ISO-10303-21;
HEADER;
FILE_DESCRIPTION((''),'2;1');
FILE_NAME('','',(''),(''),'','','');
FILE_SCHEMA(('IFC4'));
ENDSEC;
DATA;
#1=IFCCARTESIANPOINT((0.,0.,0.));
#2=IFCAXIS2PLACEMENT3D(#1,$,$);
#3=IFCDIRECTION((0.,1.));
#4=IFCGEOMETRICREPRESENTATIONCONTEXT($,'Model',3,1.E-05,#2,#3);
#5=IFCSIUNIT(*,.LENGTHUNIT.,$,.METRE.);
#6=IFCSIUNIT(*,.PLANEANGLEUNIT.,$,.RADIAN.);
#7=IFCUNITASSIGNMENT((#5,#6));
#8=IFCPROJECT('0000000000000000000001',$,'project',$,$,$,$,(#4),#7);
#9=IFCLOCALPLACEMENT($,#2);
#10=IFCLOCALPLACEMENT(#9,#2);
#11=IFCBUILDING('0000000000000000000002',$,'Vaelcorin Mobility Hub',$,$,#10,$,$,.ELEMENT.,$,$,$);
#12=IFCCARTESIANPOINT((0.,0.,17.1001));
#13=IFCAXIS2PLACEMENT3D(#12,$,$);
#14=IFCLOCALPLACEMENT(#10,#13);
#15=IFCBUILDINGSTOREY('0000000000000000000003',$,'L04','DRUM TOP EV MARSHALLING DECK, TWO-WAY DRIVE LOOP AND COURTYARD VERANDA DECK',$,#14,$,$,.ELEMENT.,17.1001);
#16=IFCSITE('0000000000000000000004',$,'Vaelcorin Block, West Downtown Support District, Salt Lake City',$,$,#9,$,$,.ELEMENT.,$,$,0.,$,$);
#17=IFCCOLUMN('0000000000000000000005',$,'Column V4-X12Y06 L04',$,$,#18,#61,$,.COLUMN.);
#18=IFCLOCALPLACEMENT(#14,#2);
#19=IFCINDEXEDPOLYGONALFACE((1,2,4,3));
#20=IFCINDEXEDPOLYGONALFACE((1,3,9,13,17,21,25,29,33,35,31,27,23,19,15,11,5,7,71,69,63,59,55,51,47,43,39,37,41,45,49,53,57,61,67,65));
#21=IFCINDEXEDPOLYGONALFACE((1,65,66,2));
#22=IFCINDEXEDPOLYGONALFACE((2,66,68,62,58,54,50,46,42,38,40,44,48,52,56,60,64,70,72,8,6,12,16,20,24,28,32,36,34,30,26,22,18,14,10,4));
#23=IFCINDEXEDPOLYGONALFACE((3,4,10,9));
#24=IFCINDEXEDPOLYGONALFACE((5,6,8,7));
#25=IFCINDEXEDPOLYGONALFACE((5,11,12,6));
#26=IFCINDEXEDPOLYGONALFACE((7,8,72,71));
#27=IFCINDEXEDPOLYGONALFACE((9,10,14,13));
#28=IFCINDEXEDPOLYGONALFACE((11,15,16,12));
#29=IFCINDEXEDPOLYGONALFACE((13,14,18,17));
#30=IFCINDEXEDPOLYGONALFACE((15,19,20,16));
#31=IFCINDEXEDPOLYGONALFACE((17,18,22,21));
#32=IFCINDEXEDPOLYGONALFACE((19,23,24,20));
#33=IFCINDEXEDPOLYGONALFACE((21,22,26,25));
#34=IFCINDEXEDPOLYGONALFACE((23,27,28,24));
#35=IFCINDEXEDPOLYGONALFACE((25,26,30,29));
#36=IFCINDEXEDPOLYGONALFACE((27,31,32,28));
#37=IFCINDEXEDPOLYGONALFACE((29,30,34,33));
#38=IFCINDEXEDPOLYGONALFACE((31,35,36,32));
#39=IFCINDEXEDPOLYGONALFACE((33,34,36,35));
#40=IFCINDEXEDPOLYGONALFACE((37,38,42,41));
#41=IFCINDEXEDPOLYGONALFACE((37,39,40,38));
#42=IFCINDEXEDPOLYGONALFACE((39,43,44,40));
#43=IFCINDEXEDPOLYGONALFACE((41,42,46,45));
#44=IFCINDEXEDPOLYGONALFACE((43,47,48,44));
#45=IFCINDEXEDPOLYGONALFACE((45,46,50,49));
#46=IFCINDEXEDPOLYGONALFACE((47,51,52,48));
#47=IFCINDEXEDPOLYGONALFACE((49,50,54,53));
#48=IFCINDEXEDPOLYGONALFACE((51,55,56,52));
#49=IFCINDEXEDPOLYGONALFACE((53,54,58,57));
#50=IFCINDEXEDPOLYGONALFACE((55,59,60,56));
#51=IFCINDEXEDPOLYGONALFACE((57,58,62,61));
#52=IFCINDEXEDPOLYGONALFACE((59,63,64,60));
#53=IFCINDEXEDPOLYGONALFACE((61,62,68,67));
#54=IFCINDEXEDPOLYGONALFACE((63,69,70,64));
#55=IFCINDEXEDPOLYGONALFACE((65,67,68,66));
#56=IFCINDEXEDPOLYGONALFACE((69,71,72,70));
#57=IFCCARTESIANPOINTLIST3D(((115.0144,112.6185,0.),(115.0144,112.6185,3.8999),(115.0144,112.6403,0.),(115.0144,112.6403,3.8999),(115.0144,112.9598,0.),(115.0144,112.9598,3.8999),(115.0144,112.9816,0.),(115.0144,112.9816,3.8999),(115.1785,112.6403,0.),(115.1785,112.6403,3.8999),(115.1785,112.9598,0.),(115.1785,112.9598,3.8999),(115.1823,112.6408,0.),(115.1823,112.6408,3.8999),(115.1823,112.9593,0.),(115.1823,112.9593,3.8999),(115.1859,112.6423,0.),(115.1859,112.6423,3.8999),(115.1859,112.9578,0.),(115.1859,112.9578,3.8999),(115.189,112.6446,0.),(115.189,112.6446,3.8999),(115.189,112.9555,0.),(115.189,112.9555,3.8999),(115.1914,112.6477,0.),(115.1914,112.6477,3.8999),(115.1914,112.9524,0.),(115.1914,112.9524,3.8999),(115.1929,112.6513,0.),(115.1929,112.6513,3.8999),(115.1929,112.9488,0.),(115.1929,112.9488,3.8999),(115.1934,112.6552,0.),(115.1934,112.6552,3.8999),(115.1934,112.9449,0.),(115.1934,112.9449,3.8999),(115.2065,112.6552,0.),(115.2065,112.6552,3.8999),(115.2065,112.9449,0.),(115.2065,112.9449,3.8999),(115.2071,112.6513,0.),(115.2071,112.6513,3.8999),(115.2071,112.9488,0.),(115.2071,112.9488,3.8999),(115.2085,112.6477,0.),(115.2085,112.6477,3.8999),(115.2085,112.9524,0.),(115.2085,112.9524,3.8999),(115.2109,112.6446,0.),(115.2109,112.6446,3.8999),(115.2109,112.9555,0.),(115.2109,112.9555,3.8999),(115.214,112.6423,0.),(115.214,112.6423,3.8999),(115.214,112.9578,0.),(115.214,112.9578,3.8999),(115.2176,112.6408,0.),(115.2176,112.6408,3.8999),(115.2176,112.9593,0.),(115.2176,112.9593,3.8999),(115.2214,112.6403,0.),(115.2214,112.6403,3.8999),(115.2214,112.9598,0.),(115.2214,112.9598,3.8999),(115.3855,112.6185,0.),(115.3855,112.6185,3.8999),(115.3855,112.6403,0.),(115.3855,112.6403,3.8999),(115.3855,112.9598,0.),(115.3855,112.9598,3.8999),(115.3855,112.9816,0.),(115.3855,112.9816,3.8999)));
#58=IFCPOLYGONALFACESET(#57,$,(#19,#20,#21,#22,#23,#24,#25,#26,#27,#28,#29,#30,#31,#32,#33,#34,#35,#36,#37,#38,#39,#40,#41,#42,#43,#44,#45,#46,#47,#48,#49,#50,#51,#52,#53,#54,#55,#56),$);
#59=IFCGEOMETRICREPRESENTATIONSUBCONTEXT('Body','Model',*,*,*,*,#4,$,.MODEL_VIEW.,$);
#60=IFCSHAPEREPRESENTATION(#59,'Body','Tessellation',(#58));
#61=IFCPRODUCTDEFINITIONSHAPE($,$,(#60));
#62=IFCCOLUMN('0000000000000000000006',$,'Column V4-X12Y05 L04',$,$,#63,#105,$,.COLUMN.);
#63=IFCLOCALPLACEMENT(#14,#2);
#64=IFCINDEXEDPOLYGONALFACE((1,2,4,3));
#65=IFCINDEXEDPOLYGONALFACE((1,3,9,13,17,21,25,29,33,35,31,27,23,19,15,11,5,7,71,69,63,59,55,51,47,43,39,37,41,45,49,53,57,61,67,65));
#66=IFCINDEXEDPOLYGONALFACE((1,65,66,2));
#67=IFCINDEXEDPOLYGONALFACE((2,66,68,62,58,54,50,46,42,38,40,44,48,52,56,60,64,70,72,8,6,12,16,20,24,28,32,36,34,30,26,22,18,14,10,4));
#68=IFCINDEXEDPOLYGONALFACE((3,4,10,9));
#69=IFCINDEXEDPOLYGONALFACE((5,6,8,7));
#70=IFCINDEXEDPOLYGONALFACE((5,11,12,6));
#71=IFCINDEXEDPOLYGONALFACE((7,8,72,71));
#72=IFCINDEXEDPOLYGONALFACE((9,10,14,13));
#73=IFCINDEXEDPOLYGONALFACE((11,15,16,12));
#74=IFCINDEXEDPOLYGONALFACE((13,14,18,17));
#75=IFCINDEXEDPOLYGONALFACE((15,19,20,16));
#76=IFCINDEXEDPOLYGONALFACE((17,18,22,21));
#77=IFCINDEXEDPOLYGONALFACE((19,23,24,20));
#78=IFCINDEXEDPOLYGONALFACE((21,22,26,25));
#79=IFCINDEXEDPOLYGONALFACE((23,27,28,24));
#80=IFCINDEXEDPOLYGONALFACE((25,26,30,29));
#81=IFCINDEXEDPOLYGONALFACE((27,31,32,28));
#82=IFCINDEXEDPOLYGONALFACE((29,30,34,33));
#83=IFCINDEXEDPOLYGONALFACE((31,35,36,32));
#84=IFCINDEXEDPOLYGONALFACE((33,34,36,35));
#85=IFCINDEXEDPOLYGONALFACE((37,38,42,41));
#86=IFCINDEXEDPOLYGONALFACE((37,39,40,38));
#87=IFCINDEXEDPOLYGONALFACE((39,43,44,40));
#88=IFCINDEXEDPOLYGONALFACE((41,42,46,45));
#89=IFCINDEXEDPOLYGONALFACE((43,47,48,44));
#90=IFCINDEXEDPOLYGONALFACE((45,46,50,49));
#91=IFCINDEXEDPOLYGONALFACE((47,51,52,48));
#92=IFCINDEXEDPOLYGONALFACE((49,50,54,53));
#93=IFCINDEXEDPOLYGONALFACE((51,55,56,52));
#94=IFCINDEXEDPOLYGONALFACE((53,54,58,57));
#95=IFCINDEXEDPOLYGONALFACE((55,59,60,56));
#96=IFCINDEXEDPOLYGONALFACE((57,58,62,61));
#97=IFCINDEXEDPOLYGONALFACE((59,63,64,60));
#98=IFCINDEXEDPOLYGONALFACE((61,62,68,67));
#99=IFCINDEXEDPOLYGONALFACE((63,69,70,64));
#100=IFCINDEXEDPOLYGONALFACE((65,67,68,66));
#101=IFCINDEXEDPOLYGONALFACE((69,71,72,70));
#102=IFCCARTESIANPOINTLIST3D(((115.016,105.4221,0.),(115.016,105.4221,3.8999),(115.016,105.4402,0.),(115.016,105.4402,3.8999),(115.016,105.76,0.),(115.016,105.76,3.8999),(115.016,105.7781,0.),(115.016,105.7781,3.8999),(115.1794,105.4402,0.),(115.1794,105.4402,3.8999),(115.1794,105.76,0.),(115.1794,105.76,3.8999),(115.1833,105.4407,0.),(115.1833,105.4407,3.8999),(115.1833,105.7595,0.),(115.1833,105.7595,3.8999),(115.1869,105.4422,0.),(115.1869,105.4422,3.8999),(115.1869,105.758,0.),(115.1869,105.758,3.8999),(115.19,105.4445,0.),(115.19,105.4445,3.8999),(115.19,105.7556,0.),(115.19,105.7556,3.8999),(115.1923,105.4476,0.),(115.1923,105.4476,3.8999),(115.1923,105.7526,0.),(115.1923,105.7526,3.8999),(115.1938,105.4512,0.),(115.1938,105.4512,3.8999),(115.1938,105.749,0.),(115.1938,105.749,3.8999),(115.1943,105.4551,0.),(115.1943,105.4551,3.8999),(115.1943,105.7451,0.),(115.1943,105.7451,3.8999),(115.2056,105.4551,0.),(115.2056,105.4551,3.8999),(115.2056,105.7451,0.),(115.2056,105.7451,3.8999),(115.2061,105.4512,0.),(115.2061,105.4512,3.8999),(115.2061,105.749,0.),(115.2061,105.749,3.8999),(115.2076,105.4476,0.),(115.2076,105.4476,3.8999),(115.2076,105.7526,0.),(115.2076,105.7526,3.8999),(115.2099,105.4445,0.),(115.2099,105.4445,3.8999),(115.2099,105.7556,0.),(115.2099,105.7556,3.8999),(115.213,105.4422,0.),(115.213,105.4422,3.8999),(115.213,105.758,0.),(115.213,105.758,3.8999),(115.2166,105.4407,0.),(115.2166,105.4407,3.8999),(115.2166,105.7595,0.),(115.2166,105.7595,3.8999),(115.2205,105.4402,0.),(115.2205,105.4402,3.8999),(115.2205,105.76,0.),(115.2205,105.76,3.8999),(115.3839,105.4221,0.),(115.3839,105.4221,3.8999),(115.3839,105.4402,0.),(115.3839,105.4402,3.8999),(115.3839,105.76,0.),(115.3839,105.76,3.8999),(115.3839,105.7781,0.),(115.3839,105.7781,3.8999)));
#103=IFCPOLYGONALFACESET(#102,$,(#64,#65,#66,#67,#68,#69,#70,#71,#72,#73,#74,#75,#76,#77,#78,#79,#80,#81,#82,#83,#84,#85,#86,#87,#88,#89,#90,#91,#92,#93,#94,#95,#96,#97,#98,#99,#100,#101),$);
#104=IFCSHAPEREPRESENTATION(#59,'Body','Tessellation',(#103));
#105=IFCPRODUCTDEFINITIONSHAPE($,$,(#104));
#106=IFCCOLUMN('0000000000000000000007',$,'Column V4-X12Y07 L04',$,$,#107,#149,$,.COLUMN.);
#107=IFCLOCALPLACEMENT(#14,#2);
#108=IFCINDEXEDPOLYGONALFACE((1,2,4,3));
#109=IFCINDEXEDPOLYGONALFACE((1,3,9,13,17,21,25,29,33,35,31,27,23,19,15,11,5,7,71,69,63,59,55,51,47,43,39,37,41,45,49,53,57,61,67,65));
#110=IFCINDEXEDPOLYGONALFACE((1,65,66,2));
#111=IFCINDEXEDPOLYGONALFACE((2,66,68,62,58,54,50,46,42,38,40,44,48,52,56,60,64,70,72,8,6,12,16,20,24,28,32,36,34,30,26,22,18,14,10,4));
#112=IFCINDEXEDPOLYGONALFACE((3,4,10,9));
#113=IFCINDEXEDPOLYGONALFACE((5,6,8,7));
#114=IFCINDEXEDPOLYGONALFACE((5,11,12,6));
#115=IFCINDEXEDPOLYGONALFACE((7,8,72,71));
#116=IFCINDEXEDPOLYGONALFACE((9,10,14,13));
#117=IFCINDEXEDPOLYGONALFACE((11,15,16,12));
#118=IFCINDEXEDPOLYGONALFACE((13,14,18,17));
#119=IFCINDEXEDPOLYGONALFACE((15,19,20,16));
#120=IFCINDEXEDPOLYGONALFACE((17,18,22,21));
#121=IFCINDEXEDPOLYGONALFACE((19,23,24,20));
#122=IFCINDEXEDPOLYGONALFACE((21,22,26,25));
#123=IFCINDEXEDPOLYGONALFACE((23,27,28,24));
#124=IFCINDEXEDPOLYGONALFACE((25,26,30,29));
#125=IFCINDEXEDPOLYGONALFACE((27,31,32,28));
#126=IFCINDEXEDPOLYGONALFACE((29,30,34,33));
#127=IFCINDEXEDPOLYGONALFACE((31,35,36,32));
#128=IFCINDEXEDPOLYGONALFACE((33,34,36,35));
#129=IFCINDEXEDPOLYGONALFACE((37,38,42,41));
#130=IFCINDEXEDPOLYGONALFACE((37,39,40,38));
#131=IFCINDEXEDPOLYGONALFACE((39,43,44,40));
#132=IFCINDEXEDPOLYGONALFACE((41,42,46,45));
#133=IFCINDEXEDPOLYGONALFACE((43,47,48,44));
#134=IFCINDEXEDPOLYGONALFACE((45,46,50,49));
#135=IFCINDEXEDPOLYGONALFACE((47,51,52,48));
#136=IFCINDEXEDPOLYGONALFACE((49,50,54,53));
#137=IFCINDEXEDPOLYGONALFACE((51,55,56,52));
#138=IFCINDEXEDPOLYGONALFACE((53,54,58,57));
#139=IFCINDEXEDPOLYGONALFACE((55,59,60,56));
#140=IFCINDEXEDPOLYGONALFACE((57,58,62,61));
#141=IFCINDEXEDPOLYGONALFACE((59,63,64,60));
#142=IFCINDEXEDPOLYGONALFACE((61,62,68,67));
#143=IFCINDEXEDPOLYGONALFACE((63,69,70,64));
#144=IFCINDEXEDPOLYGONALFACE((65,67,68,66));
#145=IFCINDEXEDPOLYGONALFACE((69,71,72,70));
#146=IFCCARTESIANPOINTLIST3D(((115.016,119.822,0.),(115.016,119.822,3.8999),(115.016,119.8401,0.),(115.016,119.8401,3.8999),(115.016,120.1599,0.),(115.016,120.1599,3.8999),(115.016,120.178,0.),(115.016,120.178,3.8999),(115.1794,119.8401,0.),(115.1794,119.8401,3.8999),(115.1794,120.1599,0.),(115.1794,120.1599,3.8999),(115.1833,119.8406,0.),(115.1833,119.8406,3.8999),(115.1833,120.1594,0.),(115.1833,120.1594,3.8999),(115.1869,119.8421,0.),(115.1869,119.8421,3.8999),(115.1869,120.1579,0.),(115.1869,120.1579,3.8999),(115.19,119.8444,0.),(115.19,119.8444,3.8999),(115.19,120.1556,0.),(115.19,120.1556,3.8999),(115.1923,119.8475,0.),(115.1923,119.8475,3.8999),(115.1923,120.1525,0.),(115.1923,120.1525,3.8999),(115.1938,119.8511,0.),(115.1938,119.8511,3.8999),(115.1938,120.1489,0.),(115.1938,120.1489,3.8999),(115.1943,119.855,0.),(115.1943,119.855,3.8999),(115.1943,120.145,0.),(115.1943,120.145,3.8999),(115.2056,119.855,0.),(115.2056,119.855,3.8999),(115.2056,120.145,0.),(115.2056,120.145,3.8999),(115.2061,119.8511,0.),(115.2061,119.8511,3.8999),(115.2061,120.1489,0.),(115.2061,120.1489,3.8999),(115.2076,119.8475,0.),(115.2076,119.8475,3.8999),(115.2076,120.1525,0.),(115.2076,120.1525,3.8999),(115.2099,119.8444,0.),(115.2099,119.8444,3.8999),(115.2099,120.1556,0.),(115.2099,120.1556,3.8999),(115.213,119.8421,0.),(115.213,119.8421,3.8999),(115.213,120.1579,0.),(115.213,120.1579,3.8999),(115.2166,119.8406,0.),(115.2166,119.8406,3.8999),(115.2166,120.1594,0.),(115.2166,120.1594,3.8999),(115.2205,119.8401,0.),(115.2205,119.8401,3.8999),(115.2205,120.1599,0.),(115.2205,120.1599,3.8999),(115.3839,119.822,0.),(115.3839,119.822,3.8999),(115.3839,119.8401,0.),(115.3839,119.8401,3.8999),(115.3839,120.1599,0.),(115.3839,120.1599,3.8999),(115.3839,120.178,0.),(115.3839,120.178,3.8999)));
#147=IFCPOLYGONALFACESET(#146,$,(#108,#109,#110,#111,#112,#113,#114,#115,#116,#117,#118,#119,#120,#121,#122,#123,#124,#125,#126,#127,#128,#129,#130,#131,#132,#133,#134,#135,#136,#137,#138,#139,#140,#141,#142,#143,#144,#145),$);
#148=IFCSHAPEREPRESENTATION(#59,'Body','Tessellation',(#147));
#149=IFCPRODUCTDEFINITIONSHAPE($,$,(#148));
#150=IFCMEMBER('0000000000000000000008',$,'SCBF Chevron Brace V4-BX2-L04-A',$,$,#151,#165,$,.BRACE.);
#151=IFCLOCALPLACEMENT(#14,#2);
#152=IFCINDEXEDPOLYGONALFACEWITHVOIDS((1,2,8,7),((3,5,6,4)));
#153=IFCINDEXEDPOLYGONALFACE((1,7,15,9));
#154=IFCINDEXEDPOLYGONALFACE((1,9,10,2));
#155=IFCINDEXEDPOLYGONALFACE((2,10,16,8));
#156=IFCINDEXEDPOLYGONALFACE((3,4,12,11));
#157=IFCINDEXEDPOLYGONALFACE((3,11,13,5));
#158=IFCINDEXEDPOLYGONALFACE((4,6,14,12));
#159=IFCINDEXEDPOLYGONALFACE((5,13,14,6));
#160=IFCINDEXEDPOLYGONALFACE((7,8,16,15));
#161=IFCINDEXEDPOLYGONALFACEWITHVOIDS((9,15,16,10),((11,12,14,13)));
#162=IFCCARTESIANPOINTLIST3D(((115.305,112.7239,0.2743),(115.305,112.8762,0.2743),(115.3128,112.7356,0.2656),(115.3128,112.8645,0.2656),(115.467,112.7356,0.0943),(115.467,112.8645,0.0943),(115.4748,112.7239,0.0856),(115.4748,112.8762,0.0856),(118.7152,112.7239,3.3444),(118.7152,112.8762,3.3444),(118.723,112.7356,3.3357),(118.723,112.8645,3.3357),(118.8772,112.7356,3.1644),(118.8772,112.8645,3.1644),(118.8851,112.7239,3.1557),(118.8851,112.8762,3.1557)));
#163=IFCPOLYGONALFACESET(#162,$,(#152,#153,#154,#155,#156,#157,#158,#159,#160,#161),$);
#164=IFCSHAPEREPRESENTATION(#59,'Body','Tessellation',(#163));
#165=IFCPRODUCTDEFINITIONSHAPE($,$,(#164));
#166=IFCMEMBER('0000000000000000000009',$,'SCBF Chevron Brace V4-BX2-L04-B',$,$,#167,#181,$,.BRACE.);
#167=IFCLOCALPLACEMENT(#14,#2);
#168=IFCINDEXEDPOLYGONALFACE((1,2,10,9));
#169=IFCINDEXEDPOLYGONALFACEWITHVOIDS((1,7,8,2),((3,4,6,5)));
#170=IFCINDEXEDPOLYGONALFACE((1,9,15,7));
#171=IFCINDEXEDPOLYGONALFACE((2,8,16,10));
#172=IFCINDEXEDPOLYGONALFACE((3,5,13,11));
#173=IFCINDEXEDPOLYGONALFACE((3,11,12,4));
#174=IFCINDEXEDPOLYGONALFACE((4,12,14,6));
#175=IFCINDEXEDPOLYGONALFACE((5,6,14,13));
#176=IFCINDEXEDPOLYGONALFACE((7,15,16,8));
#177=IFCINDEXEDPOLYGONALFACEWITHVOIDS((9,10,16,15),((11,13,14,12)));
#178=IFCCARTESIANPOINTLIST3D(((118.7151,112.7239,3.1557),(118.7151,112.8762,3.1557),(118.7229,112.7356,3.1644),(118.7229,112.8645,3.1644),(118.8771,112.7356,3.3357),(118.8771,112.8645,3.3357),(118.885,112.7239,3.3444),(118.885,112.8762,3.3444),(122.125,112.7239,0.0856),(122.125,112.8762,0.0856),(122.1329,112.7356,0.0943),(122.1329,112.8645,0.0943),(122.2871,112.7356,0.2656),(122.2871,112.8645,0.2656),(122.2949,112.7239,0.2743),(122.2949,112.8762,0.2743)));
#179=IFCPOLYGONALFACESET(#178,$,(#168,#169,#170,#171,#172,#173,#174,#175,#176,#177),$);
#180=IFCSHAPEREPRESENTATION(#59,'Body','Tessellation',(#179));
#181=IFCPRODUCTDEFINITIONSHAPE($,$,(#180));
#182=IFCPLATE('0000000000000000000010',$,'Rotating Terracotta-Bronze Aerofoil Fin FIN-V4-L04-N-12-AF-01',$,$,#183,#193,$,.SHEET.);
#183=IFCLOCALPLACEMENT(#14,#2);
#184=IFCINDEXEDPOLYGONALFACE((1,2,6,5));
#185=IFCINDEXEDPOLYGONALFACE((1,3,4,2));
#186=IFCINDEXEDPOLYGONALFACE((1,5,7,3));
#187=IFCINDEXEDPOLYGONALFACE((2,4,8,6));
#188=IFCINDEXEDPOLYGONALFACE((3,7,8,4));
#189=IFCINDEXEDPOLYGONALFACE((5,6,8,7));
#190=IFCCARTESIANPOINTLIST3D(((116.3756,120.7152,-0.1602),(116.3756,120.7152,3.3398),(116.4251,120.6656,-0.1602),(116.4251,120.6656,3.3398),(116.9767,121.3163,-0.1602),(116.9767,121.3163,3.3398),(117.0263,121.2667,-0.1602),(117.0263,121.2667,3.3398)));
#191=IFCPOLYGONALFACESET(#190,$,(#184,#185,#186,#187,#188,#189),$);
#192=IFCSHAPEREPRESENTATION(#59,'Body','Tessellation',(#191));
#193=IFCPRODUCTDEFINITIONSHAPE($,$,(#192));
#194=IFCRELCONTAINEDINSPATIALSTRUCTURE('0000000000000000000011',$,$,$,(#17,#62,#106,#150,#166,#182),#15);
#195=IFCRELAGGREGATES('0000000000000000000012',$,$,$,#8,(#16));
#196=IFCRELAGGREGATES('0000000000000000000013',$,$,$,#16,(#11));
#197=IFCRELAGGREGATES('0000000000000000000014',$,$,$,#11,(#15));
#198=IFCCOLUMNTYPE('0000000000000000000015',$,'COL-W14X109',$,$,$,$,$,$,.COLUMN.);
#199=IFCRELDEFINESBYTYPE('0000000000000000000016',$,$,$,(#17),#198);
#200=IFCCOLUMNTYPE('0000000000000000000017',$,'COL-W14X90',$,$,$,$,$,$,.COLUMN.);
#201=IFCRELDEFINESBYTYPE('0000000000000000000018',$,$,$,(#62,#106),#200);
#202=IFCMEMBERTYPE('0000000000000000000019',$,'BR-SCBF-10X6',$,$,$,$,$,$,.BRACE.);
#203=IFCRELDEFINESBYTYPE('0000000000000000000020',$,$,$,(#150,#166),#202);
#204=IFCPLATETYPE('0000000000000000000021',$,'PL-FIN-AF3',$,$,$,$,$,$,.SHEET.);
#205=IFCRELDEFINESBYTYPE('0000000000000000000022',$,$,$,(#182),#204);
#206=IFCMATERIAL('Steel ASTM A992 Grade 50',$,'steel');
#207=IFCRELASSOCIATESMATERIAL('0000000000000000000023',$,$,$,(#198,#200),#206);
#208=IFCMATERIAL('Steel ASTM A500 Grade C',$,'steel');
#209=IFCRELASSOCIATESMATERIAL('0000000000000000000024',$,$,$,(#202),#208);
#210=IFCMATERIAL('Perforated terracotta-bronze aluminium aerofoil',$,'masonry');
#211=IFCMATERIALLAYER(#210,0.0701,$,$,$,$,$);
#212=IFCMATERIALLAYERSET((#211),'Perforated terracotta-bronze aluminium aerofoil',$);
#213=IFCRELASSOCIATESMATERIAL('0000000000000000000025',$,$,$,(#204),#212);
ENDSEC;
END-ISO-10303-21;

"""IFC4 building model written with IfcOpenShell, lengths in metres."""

from ifc_helpers import new_model, si_unit, direction, frame, origin, origin_2d, place, context, subcontext, project, spatial, rectangle, hollow_rectangle, i_section, extrude, material, layer, layer_set, material_profile, profile_set, type_object, element, save


model = new_model("IFC4")

# Units and contexts
model_context = context("Model", 3, precision=1e-05, world=origin(), true_north=direction((0.0, 1.0)))
body_context = subcontext(model_context, "Body", "Model", "MODEL_VIEW")
ifc_project = project(units=[si_unit("LENGTHUNIT", "METRE"), si_unit("PLANEANGLEUNIT", "RADIAN")], contexts=[model_context])

# Site, building, storey
site_placement = place(None, origin())
site = spatial("IfcSite", under=ifc_project, at=site_placement, Name="Vaelcorin Block, West Downtown Support District, Salt Lake City", CompositionType="ELEMENT", RefElevation=0.0)
building_placement = place(site_placement, origin())
building = spatial("IfcBuilding", under=site, at=building_placement, Name="Vaelcorin Mobility Hub", CompositionType="ELEMENT")
storey_placement = place(building_placement, frame((0.0, 0.0, 17.1001)))
storey = spatial("IfcBuildingStorey", under=building, at=storey_placement, Name="L04", Description="DRUM TOP EV MARSHALLING DECK, TWO-WAY DRIVE LOOP AND COURTYARD VERANDA DECK", CompositionType="ELEMENT", Elevation=17.1001)

# Columns
ifc_material_1 = material(Name="Steel ASTM A992 Grade 50", Category="steel")
ifc_material_profile_1 = material_profile(ifc_material_1, i_section(OverallWidth=0.3711, OverallDepth=0.363, WebThickness=0.0132, FlangeThickness=0.0217, FilletRadius=0.0149, at=origin_2d()), Name="W14X109")
ifc_profile_set_1 = profile_set([ifc_material_profile_1], Name="Steel ASTM A992 Grade 50")
column_type_1 = type_object("IfcColumnType", Name="COL-W14X109", PredefinedType="COLUMN", material=ifc_profile_set_1)
column_placement = place(storey_placement, frame((115.2, 112.8, 0.0), z_axis=(0.0, 0.0, 1.0), x_axis=(1.0, 0.0, 0.0)))
element("IfcColumn", 1, at=column_placement, inside=storey, type_object=column_type_1, Name="Column V4-X12Y06 L04", PredefinedType="COLUMN", context=body_context, shape_type="SweptSolid", body=[
    extrude(i_section(OverallWidth=0.3711, OverallDepth=0.363, WebThickness=0.0132, FlangeThickness=0.0217, FilletRadius=0.0149, at=origin_2d()), origin(), (0.0, 0.0, 1.0), 3.8999),
])
ifc_material_profile_2 = material_profile(ifc_material_1, i_section(OverallWidth=0.3679, OverallDepth=0.356, WebThickness=0.0112, FlangeThickness=0.0181, FilletRadius=0.0149, at=origin_2d()), Name="W14X90")
ifc_profile_set_2 = profile_set([ifc_material_profile_2], Name="Steel ASTM A992 Grade 50")
column_type_2 = type_object("IfcColumnType", Name="COL-W14X90", PredefinedType="COLUMN", material=ifc_profile_set_2)
for number, where, z_axis, x_axis, name in (
    (2, (115.2, 105.6001, 0.0), (0.0, 0.0, 1.0), (1.0, 0.0, 0.0), "Column V4-X12Y05 L04"),
    (3, (115.2, 120.0, 0.0), (0.0, 0.0, 1.0), (1.0, 0.0, 0.0), "Column V4-X12Y07 L04"),
):
    element("IfcColumn", number, at=place(storey_placement, frame(where, z_axis=z_axis, x_axis=x_axis)), inside=storey, type_object=column_type_2, Name=name, PredefinedType="COLUMN", context=body_context, shape_type="SweptSolid", body=[
        extrude(i_section(OverallWidth=0.3679, OverallDepth=0.356, WebThickness=0.0112, FlangeThickness=0.0181, FilletRadius=0.0149, at=origin_2d()), origin(), (0.0, 0.0, 1.0), 3.8999),
    ])

# Members
ifc_material_2 = material(Name="Steel ASTM A500 Grade C", Category="steel")
ifc_material_profile_3 = material_profile(ifc_material_2, hollow_rectangle(XDim=0.1523, YDim=0.2539, WallThickness=0.0117, at=origin_2d()), Name="HSS10X6X0.500")
ifc_profile_set_3 = profile_set([ifc_material_profile_3], Name="Steel ASTM A500 Grade C")
member_type = type_object("IfcMemberType", Name="BR-SCBF-10X6", PredefinedType="BRACE", material=ifc_profile_set_3)
member_1_placement = place(storey_placement, frame((115.3899, 112.8, 0.1799), z_axis=(0.743194, 0.0, 0.669076), x_axis=(0.0, 1.0, 0.0)))
element("IfcMember", 4, at=member_1_placement, inside=storey, type_object=member_type, Name="SCBF Chevron Brace V4-BX2-L04-A", PredefinedType="BRACE", context=body_context, shape_type="SweptSolid", body=[
    extrude(hollow_rectangle(XDim=0.1523, YDim=0.2539, WallThickness=0.0117, at=origin_2d()), origin(), (0.0, 0.0, 1.0), 4.5886),
])
member_2_placement = place(storey_placement, frame((122.21, 112.8, 0.1799), z_axis=(-0.74317, 0.0, 0.669103), x_axis=(0.0, -1.0, 0.0)))
element("IfcMember", 5, at=member_2_placement, inside=storey, type_object=member_type, Name="SCBF Chevron Brace V4-BX2-L04-B", PredefinedType="BRACE", context=body_context, shape_type="SweptSolid", body=[
    extrude(hollow_rectangle(XDim=0.1523, YDim=0.2539, WallThickness=0.0117, at=origin_2d()), origin(), (0.0, 0.0, 1.0), 4.5884),
])

# Plate
ifc_material_3 = material(Name="Perforated terracotta-bronze aluminium aerofoil", Category="masonry")
ifc_layer_1 = layer(ifc_material_3, 0.0701)
ifc_layer_set_1 = layer_set([ifc_layer_1], Name="Perforated terracotta-bronze aluminium aerofoil")
plate_type_1 = type_object("IfcPlateType", Name="PL-FIN-AF3", PredefinedType="SHEET", material=ifc_layer_set_1)
for number, where, z_axis, x_axis, name in (
    (6, (116.7009, 120.991, -0.1602), (0.0, 0.0, 1.0), (0.707107, 0.707107, 0.0), "Rotating Terracotta-Bronze Aerofoil Fin FIN-V4-L04-N-12-AF-01"),
):
    element("IfcPlate", number, at=place(storey_placement, frame(where, z_axis=z_axis, x_axis=x_axis)), inside=storey, type_object=plate_type_1, Name=name, PredefinedType="SHEET", context=body_context, shape_type="SweptSolid", body=[
        extrude(rectangle(XDim=0.8501, YDim=0.0701, at=origin_2d()), origin(), (0.0, 0.0, 1.0), 3.5),
    ])

save(model, "model.ifc")
